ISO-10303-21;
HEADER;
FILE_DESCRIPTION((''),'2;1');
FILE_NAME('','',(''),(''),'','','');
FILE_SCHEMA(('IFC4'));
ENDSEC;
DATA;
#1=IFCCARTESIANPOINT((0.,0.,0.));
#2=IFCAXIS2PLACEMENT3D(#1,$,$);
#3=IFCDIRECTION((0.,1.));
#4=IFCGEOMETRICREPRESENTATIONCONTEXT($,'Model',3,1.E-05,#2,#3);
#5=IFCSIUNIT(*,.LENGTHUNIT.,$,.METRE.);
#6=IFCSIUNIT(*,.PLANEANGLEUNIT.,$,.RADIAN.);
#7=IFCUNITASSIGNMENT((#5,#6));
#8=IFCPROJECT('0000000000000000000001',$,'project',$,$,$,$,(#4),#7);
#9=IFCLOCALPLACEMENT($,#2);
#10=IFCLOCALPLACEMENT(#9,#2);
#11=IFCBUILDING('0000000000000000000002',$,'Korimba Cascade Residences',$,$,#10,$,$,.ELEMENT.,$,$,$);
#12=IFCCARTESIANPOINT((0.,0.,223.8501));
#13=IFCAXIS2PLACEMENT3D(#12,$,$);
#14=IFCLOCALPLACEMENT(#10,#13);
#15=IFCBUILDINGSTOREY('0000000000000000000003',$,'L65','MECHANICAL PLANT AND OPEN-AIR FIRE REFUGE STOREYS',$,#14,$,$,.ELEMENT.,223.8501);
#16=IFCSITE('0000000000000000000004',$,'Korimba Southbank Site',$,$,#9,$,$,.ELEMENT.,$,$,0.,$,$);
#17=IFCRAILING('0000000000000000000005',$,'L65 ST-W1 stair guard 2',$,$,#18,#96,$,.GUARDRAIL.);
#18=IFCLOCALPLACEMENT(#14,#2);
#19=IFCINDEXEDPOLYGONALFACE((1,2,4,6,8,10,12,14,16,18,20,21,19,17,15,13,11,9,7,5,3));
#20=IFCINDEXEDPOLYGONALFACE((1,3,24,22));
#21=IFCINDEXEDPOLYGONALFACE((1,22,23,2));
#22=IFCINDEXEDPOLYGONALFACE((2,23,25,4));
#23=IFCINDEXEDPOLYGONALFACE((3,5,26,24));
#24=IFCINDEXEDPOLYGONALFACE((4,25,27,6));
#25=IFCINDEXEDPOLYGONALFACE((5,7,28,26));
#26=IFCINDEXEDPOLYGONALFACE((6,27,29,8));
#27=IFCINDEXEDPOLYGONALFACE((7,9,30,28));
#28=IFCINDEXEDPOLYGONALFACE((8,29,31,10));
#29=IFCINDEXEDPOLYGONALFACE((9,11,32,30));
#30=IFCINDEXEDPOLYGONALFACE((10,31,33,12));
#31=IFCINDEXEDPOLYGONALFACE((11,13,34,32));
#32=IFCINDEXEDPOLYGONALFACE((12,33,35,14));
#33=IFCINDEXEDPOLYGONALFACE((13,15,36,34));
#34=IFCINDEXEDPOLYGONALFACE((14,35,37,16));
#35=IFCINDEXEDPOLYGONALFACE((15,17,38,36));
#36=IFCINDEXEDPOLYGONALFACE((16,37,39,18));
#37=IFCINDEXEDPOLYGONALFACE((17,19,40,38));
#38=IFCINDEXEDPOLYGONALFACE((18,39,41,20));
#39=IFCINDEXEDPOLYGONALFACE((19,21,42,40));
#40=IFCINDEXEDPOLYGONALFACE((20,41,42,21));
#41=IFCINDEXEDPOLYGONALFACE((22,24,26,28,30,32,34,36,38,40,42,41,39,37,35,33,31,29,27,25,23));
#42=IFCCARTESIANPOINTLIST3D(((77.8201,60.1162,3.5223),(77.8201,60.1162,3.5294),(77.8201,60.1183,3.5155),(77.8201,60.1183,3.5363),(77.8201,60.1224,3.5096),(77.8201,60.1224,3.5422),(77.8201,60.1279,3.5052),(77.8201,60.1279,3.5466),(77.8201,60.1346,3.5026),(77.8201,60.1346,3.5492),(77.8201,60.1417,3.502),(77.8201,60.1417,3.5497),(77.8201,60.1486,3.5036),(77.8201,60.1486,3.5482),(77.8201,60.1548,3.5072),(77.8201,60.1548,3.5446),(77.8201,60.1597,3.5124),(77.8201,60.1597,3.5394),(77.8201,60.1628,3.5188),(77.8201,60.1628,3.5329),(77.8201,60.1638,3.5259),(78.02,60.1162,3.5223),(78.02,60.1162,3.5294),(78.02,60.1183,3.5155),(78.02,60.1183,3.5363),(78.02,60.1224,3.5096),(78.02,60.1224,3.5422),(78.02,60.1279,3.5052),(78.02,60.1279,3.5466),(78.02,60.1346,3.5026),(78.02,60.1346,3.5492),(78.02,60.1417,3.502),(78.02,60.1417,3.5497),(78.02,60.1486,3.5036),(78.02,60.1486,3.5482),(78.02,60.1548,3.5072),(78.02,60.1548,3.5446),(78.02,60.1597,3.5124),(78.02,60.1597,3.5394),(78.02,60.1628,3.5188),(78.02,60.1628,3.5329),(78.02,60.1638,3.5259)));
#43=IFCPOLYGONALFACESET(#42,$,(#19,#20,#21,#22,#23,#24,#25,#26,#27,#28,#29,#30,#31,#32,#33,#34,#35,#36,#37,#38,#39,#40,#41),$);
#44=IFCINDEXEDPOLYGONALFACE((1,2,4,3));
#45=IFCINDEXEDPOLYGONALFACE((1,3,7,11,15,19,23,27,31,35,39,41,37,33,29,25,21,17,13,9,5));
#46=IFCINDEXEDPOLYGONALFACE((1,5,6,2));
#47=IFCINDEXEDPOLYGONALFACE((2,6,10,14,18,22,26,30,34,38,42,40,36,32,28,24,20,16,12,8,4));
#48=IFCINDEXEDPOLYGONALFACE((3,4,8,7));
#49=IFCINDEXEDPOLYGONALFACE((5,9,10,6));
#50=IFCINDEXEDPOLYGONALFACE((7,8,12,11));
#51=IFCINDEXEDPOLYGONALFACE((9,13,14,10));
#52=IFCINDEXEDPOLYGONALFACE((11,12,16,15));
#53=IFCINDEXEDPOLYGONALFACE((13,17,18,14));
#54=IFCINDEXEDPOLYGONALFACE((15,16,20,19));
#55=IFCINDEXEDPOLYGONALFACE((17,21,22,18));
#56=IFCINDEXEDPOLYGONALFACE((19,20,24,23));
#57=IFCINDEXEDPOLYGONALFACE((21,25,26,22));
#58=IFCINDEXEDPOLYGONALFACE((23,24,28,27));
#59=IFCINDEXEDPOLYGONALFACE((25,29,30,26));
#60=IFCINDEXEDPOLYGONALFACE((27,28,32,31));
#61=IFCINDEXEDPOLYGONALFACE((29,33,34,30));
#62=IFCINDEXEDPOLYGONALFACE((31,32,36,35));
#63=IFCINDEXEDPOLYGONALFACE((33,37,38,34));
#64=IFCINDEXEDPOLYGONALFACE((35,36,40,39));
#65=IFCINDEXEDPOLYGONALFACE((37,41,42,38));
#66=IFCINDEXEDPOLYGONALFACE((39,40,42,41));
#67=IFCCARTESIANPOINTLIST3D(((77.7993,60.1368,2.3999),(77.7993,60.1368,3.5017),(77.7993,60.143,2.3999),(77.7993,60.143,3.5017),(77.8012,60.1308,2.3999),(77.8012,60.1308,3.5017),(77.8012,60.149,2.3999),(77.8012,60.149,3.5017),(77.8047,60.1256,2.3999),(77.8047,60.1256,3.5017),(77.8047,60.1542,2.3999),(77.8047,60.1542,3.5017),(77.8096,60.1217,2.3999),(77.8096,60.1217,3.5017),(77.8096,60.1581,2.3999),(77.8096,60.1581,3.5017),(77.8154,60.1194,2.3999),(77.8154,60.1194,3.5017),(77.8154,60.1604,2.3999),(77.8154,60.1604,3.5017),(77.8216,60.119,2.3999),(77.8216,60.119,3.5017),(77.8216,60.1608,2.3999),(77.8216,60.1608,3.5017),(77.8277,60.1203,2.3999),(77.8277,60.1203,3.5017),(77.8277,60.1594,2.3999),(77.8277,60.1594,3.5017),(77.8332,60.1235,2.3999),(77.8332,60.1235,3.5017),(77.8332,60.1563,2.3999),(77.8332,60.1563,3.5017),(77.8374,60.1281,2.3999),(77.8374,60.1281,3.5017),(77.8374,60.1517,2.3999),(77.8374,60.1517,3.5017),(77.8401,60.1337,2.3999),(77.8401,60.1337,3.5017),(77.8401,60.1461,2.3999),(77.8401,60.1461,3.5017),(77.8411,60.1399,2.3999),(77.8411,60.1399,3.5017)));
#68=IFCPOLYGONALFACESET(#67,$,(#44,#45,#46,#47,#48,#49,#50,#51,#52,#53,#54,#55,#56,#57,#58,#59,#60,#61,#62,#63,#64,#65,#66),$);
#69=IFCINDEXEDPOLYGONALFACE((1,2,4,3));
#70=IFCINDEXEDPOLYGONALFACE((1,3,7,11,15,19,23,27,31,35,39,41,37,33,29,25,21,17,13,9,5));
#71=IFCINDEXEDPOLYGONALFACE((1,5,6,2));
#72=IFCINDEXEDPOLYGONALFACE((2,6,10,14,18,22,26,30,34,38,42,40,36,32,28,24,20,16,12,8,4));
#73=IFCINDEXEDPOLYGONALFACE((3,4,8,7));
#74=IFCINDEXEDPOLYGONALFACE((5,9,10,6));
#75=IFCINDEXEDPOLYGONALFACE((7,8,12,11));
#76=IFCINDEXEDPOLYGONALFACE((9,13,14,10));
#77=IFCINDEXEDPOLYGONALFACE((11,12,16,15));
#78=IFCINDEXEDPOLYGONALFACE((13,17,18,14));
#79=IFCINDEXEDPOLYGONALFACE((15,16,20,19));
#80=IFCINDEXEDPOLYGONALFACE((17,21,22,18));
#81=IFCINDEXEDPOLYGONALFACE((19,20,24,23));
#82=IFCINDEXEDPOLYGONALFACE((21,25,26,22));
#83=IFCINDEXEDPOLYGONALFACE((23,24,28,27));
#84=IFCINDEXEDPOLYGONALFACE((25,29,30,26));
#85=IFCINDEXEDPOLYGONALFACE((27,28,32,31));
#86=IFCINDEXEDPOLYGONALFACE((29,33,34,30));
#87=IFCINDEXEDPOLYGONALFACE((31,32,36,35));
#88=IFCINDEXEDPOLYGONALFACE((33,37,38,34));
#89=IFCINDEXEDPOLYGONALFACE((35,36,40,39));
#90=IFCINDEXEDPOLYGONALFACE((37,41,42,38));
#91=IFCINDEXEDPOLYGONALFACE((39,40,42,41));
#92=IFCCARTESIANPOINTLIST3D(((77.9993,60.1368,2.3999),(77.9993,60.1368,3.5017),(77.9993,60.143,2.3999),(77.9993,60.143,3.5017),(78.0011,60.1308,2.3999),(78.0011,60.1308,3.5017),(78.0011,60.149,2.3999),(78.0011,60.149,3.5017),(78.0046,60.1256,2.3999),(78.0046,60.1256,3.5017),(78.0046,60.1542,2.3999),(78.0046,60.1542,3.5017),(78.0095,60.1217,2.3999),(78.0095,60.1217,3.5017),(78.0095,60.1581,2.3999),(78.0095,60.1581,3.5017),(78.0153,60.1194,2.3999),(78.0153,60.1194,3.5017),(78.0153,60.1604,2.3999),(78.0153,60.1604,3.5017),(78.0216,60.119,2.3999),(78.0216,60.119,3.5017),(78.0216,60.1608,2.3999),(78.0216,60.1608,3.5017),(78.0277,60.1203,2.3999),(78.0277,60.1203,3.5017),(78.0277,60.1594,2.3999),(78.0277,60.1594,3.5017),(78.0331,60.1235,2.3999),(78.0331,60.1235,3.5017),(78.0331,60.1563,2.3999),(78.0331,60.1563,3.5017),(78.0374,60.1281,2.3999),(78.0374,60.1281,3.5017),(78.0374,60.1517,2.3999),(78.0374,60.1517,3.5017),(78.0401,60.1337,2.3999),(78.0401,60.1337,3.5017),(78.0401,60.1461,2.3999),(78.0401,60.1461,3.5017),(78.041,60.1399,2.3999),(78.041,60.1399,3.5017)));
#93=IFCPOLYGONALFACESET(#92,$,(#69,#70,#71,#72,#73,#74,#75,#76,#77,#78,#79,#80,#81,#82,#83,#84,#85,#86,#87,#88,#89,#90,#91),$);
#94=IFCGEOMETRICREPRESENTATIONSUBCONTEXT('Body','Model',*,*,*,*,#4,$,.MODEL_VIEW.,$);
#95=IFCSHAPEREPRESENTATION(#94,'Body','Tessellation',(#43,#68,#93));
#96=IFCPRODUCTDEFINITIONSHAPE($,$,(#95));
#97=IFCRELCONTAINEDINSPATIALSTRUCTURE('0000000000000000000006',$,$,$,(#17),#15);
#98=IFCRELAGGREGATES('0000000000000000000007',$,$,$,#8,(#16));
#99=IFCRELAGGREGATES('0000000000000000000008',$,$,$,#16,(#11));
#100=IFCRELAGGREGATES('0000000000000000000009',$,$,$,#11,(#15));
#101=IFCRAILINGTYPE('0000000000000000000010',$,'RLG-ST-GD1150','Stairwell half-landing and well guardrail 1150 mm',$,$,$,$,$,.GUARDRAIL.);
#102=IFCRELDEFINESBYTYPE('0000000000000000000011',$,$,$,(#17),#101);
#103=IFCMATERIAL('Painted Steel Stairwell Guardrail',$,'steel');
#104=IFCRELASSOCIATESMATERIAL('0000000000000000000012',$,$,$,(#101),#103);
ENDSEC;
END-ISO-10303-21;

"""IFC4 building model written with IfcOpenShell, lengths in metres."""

from ifc_helpers import new_model, si_unit, direction, frame, origin, origin_2d, place, context, subcontext, project, spatial, circle, extrude, material, type_object, element, save


model = new_model("IFC4")

# Units and contexts
model_context = context("Model", 3, precision=1e-05, world=origin(), true_north=direction((0.0, 1.0)))
body_context = subcontext(model_context, "Body", "Model", "MODEL_VIEW")
ifc_project = project(units=[si_unit("LENGTHUNIT", "METRE"), si_unit("PLANEANGLEUNIT", "RADIAN")], contexts=[model_context])

# Site, building, storey
site_placement = place(None, origin())
site = spatial("IfcSite", under=ifc_project, at=site_placement, Name="Korimba Southbank Site", CompositionType="ELEMENT", RefElevation=0.0)
building_placement = place(site_placement, origin())
building = spatial("IfcBuilding", under=site, at=building_placement, Name="Korimba Cascade Residences", CompositionType="ELEMENT")
storey_placement = place(building_placement, frame((0.0, 0.0, 223.8501)))
storey = spatial("IfcBuildingStorey", under=building, at=storey_placement, Name="L65", Description="MECHANICAL PLANT AND OPEN-AIR FIRE REFUGE STOREYS", CompositionType="ELEMENT", Elevation=223.8501)

# Railing
ifc_material_1 = material(Name="Painted Steel Stairwell Guardrail", Category="steel")
railing_type_1 = type_object("IfcRailingType", Name="RLG-ST-GD1150", Description="Stairwell half-landing and well guardrail 1150 mm", PredefinedType="GUARDRAIL", material=ifc_material_1)
railing_1_placement = place(storey_placement, frame((77.8201, 60.1399, 2.3999)))
element("IfcRailing", 1, at=railing_1_placement, inside=storey, type_object=railing_type_1, Name="L65 ST-W1 stair guard 2", PredefinedType="GUARDRAIL", context=body_context, shape_type="SweptSolid", body=[
    extrude(circle(Radius=0.0239, at=origin_2d()), frame((0.0, 0.0, 1.126), z_axis=(1.0, 0.0, 0.0), x_axis=(0.0, 1.0, 0.0)), (0.0, 0.0, 1.0), 0.2),
    extrude(circle(Radius=0.021, at=origin_2d()), origin(), (0.0, 0.0, 1.0), 1.1018),
    extrude(circle(Radius=0.021, at=origin_2d()), frame((0.2, 0.0, 0.0)), (0.0, 0.0, 1.0), 1.1018),
])

save(model, "model.ifc")
